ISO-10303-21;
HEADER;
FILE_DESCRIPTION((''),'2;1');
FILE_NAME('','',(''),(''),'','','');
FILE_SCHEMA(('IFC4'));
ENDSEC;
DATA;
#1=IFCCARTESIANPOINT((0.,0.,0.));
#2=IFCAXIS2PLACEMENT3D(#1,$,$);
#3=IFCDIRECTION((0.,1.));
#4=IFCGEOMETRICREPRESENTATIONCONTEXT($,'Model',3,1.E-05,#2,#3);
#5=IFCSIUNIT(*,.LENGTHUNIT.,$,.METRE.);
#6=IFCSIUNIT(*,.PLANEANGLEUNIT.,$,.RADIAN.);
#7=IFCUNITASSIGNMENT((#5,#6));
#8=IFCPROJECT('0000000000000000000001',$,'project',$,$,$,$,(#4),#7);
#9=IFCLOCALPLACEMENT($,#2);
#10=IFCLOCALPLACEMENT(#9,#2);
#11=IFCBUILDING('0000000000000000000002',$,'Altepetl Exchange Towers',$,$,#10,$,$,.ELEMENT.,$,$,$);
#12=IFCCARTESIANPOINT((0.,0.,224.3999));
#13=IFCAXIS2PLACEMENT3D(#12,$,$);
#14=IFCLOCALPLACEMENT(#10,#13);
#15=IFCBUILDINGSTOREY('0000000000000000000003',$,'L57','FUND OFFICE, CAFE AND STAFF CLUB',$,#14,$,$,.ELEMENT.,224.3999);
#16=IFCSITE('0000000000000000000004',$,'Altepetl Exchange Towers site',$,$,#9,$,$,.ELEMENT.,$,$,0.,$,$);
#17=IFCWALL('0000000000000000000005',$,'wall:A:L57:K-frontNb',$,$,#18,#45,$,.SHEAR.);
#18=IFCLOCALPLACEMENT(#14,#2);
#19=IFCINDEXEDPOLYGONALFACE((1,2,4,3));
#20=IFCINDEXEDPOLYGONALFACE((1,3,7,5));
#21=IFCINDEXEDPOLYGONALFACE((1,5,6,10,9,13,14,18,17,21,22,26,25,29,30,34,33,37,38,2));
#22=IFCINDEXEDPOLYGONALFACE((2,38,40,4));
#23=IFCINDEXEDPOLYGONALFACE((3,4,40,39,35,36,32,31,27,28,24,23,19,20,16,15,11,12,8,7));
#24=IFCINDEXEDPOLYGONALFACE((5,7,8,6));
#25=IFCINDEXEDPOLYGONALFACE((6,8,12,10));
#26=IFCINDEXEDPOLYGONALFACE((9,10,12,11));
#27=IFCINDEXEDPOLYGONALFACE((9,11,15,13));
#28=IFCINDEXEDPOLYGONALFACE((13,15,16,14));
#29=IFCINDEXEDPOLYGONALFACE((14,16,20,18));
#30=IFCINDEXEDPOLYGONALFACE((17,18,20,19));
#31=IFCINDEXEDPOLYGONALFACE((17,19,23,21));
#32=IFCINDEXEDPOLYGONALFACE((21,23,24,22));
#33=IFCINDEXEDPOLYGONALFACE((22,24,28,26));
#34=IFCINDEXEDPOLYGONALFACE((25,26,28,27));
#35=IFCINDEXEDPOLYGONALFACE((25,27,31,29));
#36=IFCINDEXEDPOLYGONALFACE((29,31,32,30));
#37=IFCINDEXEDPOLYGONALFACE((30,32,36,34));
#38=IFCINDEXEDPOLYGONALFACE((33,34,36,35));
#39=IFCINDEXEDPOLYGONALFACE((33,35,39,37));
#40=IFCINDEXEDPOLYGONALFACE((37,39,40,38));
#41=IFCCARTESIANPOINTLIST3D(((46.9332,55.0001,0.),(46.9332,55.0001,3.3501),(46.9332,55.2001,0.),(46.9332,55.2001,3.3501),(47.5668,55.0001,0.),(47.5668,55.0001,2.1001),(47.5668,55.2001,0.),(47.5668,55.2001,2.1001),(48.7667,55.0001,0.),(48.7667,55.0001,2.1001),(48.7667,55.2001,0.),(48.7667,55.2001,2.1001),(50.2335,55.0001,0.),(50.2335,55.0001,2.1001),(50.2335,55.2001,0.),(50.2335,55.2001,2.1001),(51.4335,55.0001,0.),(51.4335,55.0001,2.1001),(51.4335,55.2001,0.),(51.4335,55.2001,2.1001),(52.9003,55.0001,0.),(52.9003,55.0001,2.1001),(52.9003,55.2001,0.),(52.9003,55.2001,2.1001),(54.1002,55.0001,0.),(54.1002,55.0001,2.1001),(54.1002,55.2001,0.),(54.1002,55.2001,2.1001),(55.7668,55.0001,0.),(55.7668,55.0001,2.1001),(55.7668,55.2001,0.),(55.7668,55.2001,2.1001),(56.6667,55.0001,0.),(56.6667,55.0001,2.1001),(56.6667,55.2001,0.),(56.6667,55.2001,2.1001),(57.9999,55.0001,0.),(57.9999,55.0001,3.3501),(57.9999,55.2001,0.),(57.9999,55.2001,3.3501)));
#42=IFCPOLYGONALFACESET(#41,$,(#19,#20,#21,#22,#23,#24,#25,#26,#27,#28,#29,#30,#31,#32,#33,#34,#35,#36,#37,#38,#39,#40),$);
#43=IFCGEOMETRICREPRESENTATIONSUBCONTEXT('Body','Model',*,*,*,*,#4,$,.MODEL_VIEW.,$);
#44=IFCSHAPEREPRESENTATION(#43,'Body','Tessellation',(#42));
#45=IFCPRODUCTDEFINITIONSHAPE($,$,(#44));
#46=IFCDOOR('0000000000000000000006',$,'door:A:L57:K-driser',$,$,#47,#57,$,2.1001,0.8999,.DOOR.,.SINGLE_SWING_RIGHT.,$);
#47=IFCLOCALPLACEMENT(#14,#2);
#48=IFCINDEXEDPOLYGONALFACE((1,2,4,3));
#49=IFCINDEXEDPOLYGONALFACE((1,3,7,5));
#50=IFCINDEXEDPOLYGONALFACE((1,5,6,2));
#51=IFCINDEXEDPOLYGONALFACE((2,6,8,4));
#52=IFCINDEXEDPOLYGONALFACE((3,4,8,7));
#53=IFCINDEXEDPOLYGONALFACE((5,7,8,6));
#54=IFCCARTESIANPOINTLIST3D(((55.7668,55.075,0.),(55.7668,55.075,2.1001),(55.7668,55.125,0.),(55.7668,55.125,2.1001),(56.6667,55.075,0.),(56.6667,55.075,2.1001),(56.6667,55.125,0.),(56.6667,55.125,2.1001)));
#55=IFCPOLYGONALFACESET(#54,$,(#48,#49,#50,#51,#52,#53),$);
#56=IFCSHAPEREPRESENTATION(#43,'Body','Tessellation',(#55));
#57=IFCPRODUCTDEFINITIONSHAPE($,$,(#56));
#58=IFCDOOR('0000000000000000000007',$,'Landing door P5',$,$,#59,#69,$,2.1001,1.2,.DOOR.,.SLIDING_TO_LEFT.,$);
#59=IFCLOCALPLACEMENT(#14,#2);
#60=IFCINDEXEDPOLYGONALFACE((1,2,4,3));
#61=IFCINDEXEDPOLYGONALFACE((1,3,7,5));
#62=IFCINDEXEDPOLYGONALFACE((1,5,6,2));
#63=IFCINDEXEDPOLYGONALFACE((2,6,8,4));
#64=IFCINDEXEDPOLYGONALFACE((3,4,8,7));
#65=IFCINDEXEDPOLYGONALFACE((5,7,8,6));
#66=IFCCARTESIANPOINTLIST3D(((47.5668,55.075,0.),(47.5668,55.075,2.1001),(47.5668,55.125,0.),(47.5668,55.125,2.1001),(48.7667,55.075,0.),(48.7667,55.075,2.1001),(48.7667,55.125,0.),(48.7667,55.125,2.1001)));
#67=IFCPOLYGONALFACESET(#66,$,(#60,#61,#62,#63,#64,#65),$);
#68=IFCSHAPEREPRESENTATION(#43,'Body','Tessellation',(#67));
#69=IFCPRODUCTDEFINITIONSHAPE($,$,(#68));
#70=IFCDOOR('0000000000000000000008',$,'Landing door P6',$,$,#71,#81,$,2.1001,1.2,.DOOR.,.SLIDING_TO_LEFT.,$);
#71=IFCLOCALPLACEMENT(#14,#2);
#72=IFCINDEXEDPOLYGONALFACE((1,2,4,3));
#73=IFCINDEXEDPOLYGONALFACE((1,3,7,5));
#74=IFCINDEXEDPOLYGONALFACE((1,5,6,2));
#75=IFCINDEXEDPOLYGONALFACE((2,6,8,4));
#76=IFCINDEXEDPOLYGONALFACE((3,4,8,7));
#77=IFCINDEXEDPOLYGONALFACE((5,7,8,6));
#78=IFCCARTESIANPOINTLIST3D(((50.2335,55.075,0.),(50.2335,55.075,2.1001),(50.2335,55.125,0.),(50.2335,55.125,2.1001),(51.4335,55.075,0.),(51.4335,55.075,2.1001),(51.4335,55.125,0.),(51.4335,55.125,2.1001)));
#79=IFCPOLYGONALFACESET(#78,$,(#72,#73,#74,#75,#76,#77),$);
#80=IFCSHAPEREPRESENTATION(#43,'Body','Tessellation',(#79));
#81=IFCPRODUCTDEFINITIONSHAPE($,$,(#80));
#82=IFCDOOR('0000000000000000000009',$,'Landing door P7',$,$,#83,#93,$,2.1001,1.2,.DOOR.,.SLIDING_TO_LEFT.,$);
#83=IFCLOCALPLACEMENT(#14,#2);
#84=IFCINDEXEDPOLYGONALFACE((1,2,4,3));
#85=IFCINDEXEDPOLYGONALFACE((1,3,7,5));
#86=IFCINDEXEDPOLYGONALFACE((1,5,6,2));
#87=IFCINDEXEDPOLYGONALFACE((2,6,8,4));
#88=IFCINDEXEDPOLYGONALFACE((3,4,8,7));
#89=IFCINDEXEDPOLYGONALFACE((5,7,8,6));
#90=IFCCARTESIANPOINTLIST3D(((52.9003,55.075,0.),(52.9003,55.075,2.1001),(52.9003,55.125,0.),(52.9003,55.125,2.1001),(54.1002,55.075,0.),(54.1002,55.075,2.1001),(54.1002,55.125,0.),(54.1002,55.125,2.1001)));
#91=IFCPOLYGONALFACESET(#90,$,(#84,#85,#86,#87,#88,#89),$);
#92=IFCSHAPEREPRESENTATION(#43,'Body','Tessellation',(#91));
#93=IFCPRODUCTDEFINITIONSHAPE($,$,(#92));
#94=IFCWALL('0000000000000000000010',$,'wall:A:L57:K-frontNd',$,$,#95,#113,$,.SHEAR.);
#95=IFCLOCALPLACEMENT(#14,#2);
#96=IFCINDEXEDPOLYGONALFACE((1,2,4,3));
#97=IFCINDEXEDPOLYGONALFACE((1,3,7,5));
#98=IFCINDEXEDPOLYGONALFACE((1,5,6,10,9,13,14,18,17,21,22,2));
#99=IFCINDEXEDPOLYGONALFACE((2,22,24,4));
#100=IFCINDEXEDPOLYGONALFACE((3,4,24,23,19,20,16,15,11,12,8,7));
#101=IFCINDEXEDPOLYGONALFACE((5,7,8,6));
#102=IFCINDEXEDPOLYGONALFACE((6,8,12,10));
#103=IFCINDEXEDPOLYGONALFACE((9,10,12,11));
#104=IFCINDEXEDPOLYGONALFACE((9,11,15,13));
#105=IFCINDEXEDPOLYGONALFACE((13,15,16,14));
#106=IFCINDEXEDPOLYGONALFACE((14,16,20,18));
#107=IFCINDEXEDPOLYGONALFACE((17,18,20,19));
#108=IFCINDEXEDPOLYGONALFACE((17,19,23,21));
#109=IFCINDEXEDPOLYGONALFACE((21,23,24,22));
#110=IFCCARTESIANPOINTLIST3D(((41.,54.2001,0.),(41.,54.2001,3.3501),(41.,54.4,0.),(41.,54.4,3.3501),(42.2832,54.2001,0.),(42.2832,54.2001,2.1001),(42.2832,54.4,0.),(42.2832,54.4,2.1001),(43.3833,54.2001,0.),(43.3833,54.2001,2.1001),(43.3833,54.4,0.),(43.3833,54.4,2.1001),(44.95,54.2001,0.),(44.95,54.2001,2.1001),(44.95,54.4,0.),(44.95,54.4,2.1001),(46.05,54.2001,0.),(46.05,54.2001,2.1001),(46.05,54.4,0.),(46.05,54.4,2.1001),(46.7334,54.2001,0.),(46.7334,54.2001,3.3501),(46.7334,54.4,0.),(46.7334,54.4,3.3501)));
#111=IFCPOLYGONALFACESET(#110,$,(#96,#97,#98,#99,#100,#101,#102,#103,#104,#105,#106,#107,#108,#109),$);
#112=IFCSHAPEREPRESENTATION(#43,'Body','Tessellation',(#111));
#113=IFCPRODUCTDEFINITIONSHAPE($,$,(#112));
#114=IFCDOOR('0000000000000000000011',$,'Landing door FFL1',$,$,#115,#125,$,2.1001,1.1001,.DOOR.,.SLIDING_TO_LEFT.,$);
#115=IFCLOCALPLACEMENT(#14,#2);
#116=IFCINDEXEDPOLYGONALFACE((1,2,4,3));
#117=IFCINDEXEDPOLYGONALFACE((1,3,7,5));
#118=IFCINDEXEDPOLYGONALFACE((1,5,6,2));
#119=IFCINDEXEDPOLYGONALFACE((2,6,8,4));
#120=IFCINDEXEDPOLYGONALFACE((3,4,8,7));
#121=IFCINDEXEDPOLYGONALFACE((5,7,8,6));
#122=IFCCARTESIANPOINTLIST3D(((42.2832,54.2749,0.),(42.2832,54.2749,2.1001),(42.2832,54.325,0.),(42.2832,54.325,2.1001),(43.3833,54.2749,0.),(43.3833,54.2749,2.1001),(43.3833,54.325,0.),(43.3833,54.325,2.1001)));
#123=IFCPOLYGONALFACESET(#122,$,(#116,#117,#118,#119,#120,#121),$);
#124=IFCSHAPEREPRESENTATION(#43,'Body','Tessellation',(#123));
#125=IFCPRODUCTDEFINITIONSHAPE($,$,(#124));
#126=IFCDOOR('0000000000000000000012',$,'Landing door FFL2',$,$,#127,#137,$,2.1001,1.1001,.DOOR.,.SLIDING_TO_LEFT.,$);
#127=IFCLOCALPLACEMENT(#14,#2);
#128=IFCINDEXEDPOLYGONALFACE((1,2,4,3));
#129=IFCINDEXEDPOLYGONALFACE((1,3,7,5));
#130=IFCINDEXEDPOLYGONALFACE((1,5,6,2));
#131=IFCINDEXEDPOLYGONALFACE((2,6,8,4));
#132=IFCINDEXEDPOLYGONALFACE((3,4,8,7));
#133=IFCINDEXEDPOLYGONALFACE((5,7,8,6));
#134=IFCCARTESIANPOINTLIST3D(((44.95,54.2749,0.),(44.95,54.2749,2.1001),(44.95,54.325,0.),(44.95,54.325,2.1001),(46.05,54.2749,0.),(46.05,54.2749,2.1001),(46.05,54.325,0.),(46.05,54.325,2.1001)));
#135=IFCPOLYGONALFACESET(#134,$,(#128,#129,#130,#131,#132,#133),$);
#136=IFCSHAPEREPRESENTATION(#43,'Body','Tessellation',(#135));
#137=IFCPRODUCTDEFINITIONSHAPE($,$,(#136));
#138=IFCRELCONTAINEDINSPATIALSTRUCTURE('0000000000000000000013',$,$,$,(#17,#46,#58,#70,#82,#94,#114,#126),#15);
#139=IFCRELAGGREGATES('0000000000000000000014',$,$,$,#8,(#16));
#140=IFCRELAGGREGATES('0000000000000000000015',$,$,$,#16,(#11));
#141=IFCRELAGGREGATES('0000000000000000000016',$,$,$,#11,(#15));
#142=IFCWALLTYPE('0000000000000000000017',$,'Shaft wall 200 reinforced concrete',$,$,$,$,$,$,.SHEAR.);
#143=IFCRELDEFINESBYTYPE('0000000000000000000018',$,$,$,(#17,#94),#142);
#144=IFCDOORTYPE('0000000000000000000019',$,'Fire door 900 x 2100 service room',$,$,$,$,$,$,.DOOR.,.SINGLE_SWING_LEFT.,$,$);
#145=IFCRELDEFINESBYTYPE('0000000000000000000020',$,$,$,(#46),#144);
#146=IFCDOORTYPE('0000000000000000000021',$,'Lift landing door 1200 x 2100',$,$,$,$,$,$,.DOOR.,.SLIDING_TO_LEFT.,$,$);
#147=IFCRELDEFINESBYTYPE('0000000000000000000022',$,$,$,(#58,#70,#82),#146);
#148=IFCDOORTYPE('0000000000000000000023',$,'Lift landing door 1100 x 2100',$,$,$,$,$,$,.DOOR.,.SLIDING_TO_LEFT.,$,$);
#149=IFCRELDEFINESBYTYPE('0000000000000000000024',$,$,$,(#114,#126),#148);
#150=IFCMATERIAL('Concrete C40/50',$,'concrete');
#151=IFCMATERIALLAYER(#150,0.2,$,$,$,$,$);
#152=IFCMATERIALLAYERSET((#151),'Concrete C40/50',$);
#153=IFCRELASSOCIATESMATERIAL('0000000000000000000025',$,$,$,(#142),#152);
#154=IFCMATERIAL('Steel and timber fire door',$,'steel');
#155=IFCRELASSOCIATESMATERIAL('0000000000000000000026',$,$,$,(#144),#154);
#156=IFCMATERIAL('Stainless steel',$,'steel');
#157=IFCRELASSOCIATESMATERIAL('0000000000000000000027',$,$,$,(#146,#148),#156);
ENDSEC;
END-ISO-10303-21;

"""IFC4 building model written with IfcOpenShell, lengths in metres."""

from ifc_helpers import new_model, si_unit, direction, frame, frame_2d, origin, place, context, subcontext, project, spatial, rectangle, extrude, material, layer, layer_set, type_object, element, fill, save


model = new_model("IFC4")

# Units and contexts
model_context = context("Model", 3, precision=1e-05, world=origin(), true_north=direction((0.0, 1.0)))
body_context = subcontext(model_context, "Body", "Model", "MODEL_VIEW")
ifc_project = project(units=[si_unit("LENGTHUNIT", "METRE"), si_unit("PLANEANGLEUNIT", "RADIAN")], contexts=[model_context])

# Site, building, storey
site_placement = place(None, origin())
site = spatial("IfcSite", under=ifc_project, at=site_placement, Name="Altepetl Exchange Towers site", CompositionType="ELEMENT", RefElevation=0.0)
building_placement = place(site_placement, origin())
building = spatial("IfcBuilding", under=site, at=building_placement, Name="Altepetl Exchange Towers", CompositionType="ELEMENT")
storey_placement = place(building_placement, frame((0.0, 0.0, 224.3999)))
storey = spatial("IfcBuildingStorey", under=building, at=storey_placement, Name="L57", Description="FUND OFFICE, CAFE AND STAFF CLUB", CompositionType="ELEMENT", Elevation=224.3999)

# Shared definitions
ifc_material_1 = material(Name="Steel and timber fire door", Category="steel")

# Shared definitions
ifc_material_2 = material(Name="Concrete C40/50", Category="concrete")
ifc_layer_1 = layer(ifc_material_2, 0.2)
ifc_layer_set_1 = layer_set([ifc_layer_1], Name="Concrete C40/50")
wall_type_1 = type_object("IfcWallType", Name="Shaft wall 200 reinforced concrete", PredefinedType="SHEAR", material=ifc_layer_set_1)

# Walls, openings, doors
wall_1_placement = place(storey_placement, frame((46.9333, 55.1001, 0.0)))
wall_1 = element("IfcWall", 1, at=wall_1_placement, inside=storey, type_object=wall_type_1, Name="wall:A:L57:K-frontNb", PredefinedType="SHEAR", context=body_context, shape_type="SweptSolid", body=[
    extrude(rectangle(XDim=11.0667, YDim=0.2, at=frame_2d((5.5332, 0.0))), origin(), (0.0, 0.0, 1.0), 3.3501),
])
opening_1_placement = place(wall_1_placement, frame((8.8335, 0.0, 0.0)))
opening_1 = element("IfcOpeningElement", 2, at=opening_1_placement, cuts=wall_1, PredefinedType="OPENING", context=body_context, shape_type="SweptSolid", body=[
    extrude(rectangle(XDim=0.8999, YDim=2.1001, at=frame_2d((0.45, 1.05))), frame((0.0, 0.1099, 0.0), z_axis=(0.0, -1.0, 0.0), x_axis=(1.0, 0.0, 0.0)), (0.0, 0.0, 1.0), 0.22),
])
opening_2_placement = place(wall_1_placement, frame((0.6333, 0.0, 0.0)))
opening_2 = element("IfcOpeningElement", 3, at=opening_2_placement, cuts=wall_1, PredefinedType="OPENING", context=body_context, shape_type="SweptSolid", body=[
    extrude(rectangle(XDim=1.2, YDim=2.1001, at=frame_2d((0.6001, 1.05))), frame((0.0, 0.1099, 0.0), z_axis=(0.0, -1.0, 0.0), x_axis=(1.0, 0.0, 0.0)), (0.0, 0.0, 1.0), 0.22),
])
opening_3_placement = place(wall_1_placement, frame((3.3, 0.0, 0.0)))
opening_3 = element("IfcOpeningElement", 4, at=opening_3_placement, cuts=wall_1, PredefinedType="OPENING", context=body_context, shape_type="SweptSolid", body=[
    extrude(rectangle(XDim=1.2, YDim=2.1001, at=frame_2d((0.6001, 1.05))), frame((0.0, 0.1099, 0.0), z_axis=(0.0, -1.0, 0.0), x_axis=(1.0, 0.0, 0.0)), (0.0, 0.0, 1.0), 0.22),
])
opening_4_placement = place(wall_1_placement, frame((5.9668, 0.0, 0.0)))
opening_4 = element("IfcOpeningElement", 5, at=opening_4_placement, cuts=wall_1, PredefinedType="OPENING", context=body_context, shape_type="SweptSolid", body=[
    extrude(rectangle(XDim=1.2, YDim=2.1001, at=frame_2d((0.6001, 1.05))), frame((0.0, 0.1099, 0.0), z_axis=(0.0, -1.0, 0.0), x_axis=(1.0, 0.0, 0.0)), (0.0, 0.0, 1.0), 0.22),
])
door_type_1 = type_object("IfcDoorType", Name="Fire door 900 x 2100 service room", OperationType="SINGLE_SWING_LEFT", PredefinedType="DOOR", material=ifc_material_1)
door_1_placement = place(opening_1_placement, origin())
door_1 = element("IfcDoor", 6, at=door_1_placement, inside=storey, type_object=door_type_1, Name="door:A:L57:K-driser", OperationType="SINGLE_SWING_RIGHT", OverallHeight=2.1001, OverallWidth=0.8999, PredefinedType="DOOR", context=body_context, shape_type="SweptSolid", body=[
    extrude(rectangle(XDim=0.8999, YDim=2.1001, at=frame_2d((0.45, 1.05))), frame((0.0, 0.0249, 0.0), z_axis=(0.0, -1.0, 0.0), x_axis=(1.0, 0.0, 0.0)), (0.0, 0.0, 1.0), 0.05),
])
fill(opening_1, door_1)
ifc_material_3 = material(Name="Stainless steel", Category="steel")
door_type_2 = type_object("IfcDoorType", Name="Lift landing door 1200 x 2100", OperationType="SLIDING_TO_LEFT", PredefinedType="DOOR", material=ifc_material_3)
door_2_placement = place(opening_2_placement, origin())
door_2 = element("IfcDoor", 7, at=door_2_placement, inside=storey, type_object=door_type_2, Name="Landing door P5", OperationType="SLIDING_TO_LEFT", OverallHeight=2.1001, OverallWidth=1.2, PredefinedType="DOOR", context=body_context, shape_type="SweptSolid", body=[
    extrude(rectangle(XDim=1.2, YDim=2.1001, at=frame_2d((0.6001, 1.05))), frame((0.0, 0.0249, 0.0), z_axis=(0.0, -1.0, 0.0), x_axis=(1.0, 0.0, 0.0)), (0.0, 0.0, 1.0), 0.05),
])
fill(opening_2, door_2)
door_3_placement = place(opening_3_placement, origin())
door_3 = element("IfcDoor", 8, at=door_3_placement, inside=storey, type_object=door_type_2, Name="Landing door P6", OperationType="SLIDING_TO_LEFT", OverallHeight=2.1001, OverallWidth=1.2, PredefinedType="DOOR", context=body_context, shape_type="SweptSolid", body=[
    extrude(rectangle(XDim=1.2, YDim=2.1001, at=frame_2d((0.6001, 1.05))), frame((0.0, 0.0249, 0.0), z_axis=(0.0, -1.0, 0.0), x_axis=(1.0, 0.0, 0.0)), (0.0, 0.0, 1.0), 0.05),
])
fill(opening_3, door_3)
door_4_placement = place(opening_4_placement, origin())
door_4 = element("IfcDoor", 9, at=door_4_placement, inside=storey, type_object=door_type_2, Name="Landing door P7", OperationType="SLIDING_TO_LEFT", OverallHeight=2.1001, OverallWidth=1.2, PredefinedType="DOOR", context=body_context, shape_type="SweptSolid", body=[
    extrude(rectangle(XDim=1.2, YDim=2.1001, at=frame_2d((0.6001, 1.05))), frame((0.0, 0.0249, 0.0), z_axis=(0.0, -1.0, 0.0), x_axis=(1.0, 0.0, 0.0)), (0.0, 0.0, 1.0), 0.05),
])
fill(opening_4, door_4)
wall_2_placement = place(storey_placement, frame((41.0, 54.3, 0.0)))
wall_2 = element("IfcWall", 10, at=wall_2_placement, inside=storey, type_object=wall_type_1, Name="wall:A:L57:K-frontNd", PredefinedType="SHEAR", context=body_context, shape_type="SweptSolid", body=[
    extrude(rectangle(XDim=5.7334, YDim=0.2, at=frame_2d((2.8667, 0.0))), origin(), (0.0, 0.0, 1.0), 3.3501),
])
opening_5_placement = place(wall_2_placement, frame((1.2832, 0.0, 0.0)))
opening_5 = element("IfcOpeningElement", 11, at=opening_5_placement, cuts=wall_2, PredefinedType="OPENING", context=body_context, shape_type="SweptSolid", body=[
    extrude(rectangle(XDim=1.1001, YDim=2.1001, at=frame_2d((0.55, 1.05))), frame((0.0, 0.1099, 0.0), z_axis=(0.0, -1.0, 0.0), x_axis=(1.0, 0.0, 0.0)), (0.0, 0.0, 1.0), 0.22),
])
opening_6_placement = place(wall_2_placement, frame((3.95, 0.0, 0.0)))
opening_6 = element("IfcOpeningElement", 12, at=opening_6_placement, cuts=wall_2, PredefinedType="OPENING", context=body_context, shape_type="SweptSolid", body=[
    extrude(rectangle(XDim=1.1001, YDim=2.1001, at=frame_2d((0.55, 1.05))), frame((0.0, 0.1099, 0.0), z_axis=(0.0, -1.0, 0.0), x_axis=(1.0, 0.0, 0.0)), (0.0, 0.0, 1.0), 0.22),
])
door_type_3 = type_object("IfcDoorType", Name="Lift landing door 1100 x 2100", OperationType="SLIDING_TO_LEFT", PredefinedType="DOOR", material=ifc_material_3)
door_5_placement = place(opening_5_placement, origin())
door_5 = element("IfcDoor", 13, at=door_5_placement, inside=storey, type_object=door_type_3, Name="Landing door FFL1", OperationType="SLIDING_TO_LEFT", OverallHeight=2.1001, OverallWidth=1.1001, PredefinedType="DOOR", context=body_context, shape_type="SweptSolid", body=[
    extrude(rectangle(XDim=1.1001, YDim=2.1001, at=frame_2d((0.55, 1.05))), frame((0.0, 0.0249, 0.0), z_axis=(0.0, -1.0, 0.0), x_axis=(1.0, 0.0, 0.0)), (0.0, 0.0, 1.0), 0.05),
])
fill(opening_5, door_5)
door_6_placement = place(opening_6_placement, origin())
door_6 = element("IfcDoor", 14, at=door_6_placement, inside=storey, type_object=door_type_3, Name="Landing door FFL2", OperationType="SLIDING_TO_LEFT", OverallHeight=2.1001, OverallWidth=1.1001, PredefinedType="DOOR", context=body_context, shape_type="SweptSolid", body=[
    extrude(rectangle(XDim=1.1001, YDim=2.1001, at=frame_2d((0.55, 1.05))), frame((0.0, 0.0249, 0.0), z_axis=(0.0, -1.0, 0.0), x_axis=(1.0, 0.0, 0.0)), (0.0, 0.0, 1.0), 0.05),
])
fill(opening_6, door_6)

save(model, "model.ifc")
